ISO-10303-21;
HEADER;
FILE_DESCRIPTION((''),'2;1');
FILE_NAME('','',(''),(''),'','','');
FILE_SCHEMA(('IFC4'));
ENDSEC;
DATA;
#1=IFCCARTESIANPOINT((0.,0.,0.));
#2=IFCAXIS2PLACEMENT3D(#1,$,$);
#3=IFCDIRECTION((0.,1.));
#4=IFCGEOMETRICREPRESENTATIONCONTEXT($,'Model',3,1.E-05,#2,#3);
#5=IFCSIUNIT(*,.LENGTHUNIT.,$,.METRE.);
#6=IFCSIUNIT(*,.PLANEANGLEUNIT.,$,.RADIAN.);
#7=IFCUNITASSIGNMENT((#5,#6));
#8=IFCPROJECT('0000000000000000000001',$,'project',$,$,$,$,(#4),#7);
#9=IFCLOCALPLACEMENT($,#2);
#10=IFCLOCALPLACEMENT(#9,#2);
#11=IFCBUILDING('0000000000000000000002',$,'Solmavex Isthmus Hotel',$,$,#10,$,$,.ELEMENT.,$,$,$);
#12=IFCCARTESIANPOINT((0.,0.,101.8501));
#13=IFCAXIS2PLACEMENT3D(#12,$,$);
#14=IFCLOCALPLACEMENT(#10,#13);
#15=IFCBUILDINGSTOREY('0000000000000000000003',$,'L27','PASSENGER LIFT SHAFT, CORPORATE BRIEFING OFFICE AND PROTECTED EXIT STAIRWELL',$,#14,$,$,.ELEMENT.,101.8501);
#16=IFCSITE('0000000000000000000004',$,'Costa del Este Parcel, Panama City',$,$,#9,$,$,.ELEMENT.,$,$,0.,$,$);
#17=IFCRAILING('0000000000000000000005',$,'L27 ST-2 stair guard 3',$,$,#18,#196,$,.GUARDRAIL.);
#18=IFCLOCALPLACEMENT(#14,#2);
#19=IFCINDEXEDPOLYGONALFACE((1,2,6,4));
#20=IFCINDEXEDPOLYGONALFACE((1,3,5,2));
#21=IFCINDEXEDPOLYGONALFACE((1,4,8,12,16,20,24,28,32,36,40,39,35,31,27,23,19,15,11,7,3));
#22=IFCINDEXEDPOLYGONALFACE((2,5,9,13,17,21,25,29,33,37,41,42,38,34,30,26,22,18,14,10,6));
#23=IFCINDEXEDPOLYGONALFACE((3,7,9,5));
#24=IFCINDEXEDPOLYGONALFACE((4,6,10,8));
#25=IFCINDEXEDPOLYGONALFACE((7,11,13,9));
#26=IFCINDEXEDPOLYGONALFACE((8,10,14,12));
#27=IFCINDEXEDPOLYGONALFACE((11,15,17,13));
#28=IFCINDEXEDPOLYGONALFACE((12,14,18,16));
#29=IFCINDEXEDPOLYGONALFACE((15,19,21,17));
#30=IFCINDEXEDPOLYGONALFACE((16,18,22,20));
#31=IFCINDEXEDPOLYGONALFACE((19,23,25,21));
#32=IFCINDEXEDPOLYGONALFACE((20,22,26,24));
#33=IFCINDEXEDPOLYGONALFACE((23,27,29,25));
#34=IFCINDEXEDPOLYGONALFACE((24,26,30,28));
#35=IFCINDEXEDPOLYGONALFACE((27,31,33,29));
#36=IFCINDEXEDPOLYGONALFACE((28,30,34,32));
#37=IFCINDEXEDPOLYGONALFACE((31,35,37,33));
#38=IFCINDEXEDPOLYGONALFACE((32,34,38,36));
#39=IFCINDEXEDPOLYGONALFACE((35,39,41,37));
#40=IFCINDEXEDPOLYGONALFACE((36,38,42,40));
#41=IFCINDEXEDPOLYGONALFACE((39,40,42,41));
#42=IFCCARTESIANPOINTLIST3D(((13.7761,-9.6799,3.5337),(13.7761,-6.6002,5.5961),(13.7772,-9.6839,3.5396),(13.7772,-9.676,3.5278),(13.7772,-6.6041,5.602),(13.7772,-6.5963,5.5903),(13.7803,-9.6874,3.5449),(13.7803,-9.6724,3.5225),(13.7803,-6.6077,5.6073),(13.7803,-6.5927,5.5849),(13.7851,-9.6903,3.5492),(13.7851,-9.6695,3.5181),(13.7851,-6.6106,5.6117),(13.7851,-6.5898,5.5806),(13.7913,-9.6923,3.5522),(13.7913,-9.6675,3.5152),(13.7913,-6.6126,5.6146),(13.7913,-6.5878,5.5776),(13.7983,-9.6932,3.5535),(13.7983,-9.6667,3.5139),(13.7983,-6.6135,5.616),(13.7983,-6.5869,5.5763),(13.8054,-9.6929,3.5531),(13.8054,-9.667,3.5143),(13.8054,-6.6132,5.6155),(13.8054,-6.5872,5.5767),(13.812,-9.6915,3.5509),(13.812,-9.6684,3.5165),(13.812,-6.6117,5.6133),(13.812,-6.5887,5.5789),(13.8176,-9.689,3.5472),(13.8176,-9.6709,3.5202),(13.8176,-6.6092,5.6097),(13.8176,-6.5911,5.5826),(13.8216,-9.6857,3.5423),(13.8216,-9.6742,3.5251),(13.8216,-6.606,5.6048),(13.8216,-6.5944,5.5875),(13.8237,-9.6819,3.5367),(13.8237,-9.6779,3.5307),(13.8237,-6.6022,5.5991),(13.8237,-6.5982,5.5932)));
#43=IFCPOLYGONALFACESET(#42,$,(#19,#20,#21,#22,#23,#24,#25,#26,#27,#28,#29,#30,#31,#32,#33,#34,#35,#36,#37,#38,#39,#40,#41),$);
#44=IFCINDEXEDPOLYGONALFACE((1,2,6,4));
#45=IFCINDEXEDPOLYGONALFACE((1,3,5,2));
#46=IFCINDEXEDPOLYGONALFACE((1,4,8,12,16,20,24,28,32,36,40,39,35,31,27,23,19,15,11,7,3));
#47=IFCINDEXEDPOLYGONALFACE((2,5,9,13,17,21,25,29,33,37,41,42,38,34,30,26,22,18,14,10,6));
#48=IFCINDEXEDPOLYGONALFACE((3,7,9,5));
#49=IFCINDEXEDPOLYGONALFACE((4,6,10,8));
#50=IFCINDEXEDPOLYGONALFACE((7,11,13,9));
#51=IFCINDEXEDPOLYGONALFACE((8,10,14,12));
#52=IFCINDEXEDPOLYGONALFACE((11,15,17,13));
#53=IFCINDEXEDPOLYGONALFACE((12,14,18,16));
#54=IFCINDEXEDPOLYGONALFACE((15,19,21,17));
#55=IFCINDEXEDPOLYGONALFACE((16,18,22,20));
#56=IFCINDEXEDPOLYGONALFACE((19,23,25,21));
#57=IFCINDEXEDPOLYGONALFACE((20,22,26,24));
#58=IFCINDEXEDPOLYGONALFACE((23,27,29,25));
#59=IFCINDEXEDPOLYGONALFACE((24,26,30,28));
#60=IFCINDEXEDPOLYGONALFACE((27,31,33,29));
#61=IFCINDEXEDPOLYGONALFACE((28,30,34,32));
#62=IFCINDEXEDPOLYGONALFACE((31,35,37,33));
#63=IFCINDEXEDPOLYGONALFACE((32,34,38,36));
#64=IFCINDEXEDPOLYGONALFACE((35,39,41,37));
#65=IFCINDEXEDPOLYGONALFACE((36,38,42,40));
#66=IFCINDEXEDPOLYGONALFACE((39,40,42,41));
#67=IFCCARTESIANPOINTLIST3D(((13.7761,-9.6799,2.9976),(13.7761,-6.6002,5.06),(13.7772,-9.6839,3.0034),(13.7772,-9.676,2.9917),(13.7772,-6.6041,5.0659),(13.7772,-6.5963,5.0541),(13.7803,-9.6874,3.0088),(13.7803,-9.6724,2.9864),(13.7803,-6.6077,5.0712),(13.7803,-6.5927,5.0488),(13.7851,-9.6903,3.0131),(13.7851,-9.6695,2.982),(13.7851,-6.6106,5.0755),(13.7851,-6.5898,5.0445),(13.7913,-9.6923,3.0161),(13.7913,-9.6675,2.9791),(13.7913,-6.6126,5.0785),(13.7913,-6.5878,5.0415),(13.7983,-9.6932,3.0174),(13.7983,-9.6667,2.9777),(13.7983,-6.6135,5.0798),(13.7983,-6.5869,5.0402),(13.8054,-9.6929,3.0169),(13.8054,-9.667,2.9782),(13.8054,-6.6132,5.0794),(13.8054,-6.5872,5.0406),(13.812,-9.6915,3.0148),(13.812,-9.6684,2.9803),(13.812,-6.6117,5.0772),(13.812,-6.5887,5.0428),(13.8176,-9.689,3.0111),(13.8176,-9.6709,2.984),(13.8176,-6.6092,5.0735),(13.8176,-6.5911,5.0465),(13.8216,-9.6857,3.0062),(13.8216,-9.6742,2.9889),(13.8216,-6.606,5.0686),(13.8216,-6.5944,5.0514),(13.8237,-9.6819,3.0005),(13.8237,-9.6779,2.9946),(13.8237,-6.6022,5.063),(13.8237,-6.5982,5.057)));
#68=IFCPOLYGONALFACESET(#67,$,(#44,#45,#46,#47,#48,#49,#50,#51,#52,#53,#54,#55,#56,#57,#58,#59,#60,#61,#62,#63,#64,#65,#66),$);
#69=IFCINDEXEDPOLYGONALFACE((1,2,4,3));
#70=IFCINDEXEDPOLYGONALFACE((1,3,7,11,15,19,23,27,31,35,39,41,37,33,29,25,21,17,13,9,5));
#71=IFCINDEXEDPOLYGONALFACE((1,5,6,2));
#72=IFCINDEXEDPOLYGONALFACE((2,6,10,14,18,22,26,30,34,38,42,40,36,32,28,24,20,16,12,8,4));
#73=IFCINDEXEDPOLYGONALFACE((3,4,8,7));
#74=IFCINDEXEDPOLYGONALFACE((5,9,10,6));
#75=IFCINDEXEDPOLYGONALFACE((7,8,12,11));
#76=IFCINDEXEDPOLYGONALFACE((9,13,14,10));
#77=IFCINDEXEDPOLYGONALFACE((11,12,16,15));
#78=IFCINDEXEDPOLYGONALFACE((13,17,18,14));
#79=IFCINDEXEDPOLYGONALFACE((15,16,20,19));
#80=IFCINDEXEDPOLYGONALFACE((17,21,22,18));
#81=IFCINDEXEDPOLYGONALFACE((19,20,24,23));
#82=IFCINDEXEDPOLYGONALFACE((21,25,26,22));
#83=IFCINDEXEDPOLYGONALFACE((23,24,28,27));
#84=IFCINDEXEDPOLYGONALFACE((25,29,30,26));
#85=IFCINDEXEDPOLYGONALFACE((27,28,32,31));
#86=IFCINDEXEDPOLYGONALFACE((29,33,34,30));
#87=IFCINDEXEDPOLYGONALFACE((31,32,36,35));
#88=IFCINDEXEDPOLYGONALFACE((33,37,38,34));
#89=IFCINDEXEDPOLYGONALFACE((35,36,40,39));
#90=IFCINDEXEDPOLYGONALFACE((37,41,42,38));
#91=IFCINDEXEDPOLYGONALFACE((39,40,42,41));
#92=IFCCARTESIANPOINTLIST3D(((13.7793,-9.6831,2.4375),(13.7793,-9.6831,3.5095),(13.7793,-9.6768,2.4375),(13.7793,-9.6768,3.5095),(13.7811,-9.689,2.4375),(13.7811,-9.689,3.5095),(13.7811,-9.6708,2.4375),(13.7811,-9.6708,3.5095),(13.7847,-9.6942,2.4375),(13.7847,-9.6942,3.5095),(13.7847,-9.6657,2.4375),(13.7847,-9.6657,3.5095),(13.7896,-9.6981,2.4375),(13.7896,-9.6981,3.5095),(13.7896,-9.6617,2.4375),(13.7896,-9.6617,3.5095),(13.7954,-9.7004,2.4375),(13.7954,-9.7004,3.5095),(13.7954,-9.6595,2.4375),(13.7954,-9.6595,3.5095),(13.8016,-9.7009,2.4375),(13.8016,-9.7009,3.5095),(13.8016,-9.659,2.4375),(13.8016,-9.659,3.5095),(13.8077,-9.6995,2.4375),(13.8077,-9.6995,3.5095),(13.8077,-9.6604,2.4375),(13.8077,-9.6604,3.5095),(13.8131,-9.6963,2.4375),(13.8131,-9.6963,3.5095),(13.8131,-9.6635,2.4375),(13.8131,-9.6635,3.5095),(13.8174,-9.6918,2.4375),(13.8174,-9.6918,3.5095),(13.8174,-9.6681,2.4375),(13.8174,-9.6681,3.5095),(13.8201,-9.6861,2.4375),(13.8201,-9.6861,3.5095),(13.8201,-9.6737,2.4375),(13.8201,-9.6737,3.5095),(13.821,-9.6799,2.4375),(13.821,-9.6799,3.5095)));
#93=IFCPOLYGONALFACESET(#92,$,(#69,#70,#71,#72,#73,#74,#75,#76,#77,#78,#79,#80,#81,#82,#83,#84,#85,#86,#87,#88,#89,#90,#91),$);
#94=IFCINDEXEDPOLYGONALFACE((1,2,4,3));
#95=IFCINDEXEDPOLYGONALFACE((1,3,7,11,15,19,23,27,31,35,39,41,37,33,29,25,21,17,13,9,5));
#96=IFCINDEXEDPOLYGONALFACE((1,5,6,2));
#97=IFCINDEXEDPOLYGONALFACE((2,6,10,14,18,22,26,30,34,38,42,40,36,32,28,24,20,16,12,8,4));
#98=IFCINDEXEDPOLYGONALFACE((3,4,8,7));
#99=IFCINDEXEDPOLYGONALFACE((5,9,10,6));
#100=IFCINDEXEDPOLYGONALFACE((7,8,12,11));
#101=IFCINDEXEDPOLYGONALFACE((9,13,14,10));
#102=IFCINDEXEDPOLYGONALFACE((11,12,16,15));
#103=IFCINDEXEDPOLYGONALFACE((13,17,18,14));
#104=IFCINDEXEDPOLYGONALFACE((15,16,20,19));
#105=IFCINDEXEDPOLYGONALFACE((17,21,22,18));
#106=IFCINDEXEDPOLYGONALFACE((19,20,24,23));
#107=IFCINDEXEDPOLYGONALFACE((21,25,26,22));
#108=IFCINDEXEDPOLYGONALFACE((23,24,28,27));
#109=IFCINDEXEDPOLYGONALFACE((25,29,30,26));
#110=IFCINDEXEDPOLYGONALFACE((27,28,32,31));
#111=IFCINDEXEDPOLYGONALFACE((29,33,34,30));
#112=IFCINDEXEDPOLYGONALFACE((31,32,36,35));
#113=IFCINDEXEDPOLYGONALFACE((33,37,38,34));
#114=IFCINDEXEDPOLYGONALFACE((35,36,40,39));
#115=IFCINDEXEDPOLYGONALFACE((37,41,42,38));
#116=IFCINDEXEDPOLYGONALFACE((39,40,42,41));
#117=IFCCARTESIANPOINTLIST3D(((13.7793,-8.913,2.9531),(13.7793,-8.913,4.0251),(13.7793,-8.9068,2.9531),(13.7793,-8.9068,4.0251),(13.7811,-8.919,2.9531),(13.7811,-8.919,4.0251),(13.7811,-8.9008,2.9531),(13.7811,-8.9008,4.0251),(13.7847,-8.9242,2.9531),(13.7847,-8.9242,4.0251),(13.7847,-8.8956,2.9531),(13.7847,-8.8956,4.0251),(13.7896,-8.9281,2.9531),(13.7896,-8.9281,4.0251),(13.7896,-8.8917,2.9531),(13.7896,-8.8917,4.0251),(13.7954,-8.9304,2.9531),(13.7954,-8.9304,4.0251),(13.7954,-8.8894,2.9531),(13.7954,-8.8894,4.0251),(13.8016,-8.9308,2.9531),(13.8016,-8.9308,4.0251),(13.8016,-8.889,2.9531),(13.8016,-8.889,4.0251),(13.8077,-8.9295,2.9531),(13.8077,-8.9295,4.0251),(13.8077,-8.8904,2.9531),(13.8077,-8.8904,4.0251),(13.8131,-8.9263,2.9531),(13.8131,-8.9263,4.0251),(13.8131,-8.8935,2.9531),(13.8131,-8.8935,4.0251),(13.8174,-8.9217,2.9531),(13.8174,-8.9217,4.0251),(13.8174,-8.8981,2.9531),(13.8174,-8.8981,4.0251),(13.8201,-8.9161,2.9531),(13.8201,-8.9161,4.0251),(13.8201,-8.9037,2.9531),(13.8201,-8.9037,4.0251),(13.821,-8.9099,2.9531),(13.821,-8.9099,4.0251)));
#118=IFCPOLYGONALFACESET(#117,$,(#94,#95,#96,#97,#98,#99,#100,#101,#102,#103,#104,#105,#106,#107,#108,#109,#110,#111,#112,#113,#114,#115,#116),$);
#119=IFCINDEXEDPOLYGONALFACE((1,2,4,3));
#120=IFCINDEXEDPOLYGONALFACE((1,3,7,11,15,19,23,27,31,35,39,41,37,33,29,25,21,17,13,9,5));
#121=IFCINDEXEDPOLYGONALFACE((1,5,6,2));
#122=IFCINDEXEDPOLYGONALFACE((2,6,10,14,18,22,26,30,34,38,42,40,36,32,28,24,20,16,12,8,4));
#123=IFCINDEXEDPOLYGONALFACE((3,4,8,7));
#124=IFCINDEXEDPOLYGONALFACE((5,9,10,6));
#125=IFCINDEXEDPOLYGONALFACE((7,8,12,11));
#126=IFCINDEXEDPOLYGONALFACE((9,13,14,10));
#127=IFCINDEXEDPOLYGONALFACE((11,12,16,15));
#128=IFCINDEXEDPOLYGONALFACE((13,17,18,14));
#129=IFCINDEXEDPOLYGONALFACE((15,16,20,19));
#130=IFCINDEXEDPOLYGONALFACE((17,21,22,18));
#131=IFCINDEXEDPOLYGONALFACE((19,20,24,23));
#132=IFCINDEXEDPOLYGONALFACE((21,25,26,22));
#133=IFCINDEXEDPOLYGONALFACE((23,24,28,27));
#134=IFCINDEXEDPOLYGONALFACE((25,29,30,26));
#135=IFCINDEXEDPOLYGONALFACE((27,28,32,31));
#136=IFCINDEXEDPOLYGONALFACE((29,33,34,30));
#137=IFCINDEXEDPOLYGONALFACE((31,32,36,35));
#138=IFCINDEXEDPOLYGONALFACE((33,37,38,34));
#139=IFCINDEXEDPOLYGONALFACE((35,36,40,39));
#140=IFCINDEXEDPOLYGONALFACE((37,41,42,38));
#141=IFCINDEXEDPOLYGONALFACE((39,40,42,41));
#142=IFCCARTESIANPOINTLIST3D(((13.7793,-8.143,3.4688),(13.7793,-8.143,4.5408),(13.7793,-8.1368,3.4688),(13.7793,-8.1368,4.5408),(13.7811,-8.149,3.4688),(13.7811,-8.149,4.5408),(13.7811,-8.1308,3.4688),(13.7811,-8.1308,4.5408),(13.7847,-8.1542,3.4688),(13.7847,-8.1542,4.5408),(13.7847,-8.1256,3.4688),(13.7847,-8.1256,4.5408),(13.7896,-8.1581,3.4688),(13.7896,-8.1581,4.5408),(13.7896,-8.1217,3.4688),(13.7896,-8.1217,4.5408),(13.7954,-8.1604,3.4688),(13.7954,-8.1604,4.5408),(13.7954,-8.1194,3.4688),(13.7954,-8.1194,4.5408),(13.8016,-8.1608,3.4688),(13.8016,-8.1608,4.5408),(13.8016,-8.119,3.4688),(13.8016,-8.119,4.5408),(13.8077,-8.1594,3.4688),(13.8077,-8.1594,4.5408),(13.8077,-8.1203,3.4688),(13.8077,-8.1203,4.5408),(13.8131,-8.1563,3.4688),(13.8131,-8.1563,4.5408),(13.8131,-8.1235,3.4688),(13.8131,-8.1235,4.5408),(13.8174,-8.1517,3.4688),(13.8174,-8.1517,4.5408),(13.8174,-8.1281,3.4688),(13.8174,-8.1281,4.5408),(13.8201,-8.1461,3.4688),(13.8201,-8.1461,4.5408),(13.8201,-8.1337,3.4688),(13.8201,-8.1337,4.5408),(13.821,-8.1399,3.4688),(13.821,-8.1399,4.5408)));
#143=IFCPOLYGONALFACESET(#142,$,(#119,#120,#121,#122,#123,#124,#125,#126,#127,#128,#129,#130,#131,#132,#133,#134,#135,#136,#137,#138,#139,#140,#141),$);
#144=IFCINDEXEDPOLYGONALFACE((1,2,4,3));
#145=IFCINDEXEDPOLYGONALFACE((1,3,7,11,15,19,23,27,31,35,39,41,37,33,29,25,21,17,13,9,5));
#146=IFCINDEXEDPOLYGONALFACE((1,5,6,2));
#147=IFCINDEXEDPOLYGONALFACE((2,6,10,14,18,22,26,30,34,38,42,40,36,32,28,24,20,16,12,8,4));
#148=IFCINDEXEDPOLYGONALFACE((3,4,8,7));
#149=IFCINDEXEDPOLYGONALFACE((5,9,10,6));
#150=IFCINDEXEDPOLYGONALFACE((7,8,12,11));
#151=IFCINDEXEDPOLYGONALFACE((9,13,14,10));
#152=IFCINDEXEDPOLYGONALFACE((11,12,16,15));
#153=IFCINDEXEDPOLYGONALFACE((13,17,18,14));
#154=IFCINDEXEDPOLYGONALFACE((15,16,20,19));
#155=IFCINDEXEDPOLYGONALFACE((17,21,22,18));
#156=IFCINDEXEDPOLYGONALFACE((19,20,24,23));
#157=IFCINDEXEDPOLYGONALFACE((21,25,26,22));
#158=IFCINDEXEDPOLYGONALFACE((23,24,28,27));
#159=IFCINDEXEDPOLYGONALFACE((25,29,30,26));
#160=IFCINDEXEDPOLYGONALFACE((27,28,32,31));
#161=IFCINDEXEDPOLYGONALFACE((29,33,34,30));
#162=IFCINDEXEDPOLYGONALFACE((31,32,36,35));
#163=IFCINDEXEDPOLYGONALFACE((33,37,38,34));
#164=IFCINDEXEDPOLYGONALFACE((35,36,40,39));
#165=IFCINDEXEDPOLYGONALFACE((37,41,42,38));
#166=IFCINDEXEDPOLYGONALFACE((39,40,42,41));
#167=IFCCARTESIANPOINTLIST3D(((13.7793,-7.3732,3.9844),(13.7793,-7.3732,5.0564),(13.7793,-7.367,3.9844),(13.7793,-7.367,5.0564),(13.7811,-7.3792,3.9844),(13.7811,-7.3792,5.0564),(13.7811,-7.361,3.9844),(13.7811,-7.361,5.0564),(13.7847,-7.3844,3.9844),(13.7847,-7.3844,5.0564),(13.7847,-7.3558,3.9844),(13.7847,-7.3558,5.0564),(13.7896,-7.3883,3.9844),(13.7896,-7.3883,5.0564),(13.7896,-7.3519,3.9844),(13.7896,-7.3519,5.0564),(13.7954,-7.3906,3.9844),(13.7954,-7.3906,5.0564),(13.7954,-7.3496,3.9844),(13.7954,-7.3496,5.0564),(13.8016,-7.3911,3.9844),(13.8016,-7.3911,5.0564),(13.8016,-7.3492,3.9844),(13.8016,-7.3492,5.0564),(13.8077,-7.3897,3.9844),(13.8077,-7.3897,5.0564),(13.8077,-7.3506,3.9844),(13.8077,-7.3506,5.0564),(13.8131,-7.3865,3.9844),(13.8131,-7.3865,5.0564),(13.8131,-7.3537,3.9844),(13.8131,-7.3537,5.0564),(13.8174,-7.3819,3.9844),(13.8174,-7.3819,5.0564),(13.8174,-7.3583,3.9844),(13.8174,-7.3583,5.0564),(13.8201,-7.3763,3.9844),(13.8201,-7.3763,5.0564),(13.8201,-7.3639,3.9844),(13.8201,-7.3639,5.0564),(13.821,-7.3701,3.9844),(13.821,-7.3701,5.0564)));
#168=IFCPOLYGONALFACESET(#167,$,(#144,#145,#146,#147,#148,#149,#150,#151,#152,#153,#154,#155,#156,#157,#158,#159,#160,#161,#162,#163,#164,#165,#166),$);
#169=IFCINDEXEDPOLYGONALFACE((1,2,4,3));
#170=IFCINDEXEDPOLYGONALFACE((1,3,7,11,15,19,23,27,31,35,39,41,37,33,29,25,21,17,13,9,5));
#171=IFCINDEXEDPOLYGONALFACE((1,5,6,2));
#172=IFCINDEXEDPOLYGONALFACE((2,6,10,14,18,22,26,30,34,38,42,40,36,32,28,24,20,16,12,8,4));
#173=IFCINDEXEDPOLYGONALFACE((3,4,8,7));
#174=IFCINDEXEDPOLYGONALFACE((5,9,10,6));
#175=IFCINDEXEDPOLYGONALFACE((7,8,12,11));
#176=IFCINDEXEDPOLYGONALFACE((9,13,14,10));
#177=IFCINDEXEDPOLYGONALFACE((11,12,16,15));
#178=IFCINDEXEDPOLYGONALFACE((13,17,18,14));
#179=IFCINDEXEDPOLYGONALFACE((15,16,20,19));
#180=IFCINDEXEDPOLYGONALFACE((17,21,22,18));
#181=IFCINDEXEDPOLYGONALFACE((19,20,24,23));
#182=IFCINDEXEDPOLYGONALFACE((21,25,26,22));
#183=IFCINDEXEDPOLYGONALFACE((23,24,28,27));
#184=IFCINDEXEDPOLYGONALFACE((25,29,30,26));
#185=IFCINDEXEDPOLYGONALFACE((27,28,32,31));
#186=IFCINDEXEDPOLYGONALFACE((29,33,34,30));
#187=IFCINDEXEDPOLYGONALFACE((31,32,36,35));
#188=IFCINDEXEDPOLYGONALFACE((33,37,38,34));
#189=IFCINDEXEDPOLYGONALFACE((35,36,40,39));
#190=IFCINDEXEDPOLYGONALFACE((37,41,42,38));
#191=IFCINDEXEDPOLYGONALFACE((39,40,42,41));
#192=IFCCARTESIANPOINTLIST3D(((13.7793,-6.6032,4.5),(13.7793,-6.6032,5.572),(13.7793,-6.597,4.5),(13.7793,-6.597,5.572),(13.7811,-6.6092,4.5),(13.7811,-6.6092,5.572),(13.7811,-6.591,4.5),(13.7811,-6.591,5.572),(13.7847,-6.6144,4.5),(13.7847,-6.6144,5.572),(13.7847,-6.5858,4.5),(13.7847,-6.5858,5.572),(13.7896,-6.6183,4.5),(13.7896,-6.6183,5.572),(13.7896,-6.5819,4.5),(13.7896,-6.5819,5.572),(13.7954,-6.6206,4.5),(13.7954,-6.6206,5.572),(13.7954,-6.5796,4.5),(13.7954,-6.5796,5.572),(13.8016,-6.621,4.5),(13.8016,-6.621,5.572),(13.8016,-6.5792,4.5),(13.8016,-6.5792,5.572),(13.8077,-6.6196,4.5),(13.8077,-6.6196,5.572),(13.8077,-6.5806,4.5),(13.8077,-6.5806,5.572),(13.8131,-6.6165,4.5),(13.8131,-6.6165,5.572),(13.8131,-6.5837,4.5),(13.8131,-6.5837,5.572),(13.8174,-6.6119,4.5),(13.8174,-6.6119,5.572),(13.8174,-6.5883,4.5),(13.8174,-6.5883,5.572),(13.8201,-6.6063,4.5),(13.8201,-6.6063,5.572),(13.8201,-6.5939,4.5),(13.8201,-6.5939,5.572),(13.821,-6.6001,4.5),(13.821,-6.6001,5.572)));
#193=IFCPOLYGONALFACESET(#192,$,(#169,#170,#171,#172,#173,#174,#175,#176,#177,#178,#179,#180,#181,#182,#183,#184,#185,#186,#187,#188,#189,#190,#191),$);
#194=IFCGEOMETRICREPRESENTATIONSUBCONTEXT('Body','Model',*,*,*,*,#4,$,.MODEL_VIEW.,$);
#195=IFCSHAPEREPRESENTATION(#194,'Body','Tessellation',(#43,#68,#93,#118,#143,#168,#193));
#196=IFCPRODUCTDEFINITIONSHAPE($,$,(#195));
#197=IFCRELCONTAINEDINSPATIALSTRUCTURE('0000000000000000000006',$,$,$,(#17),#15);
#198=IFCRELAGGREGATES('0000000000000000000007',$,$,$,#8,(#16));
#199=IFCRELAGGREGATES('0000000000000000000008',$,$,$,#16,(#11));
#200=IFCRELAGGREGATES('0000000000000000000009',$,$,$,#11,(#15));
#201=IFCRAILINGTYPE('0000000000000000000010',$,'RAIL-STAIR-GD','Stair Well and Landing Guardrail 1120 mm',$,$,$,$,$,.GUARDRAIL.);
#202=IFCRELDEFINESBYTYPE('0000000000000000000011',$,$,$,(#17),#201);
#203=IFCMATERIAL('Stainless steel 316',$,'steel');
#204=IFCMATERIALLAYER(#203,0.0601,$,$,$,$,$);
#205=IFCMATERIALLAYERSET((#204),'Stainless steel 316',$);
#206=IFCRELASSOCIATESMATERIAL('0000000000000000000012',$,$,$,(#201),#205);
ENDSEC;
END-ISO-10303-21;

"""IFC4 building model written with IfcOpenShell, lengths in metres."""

from ifc_helpers import new_model, si_unit, direction, frame, origin, origin_2d, place, context, subcontext, project, spatial, circle, extrude, material, layer, layer_set, type_object, element, save


model = new_model("IFC4")

# Units and contexts
model_context = context("Model", 3, precision=1e-05, world=origin(), true_north=direction((0.0, 1.0)))
body_context = subcontext(model_context, "Body", "Model", "MODEL_VIEW")
ifc_project = project(units=[si_unit("LENGTHUNIT", "METRE"), si_unit("PLANEANGLEUNIT", "RADIAN")], contexts=[model_context])

# Site, building, storey
site_placement = place(None, origin())
site = spatial("IfcSite", under=ifc_project, at=site_placement, Name="Costa del Este Parcel, Panama City", CompositionType="ELEMENT", RefElevation=0.0)
building_placement = place(site_placement, origin())
building = spatial("IfcBuilding", under=site, at=building_placement, Name="Solmavex Isthmus Hotel", CompositionType="ELEMENT")
storey_placement = place(building_placement, frame((0.0, 0.0, 101.8501)))
storey = spatial("IfcBuildingStorey", under=building, at=storey_placement, Name="L27", Description="PASSENGER LIFT SHAFT, CORPORATE BRIEFING OFFICE AND PROTECTED EXIT STAIRWELL", CompositionType="ELEMENT", Elevation=101.8501)

# Shared definitions
ifc_material_1 = material(Name="Stainless steel 316", Category="steel")

# Railing
ifc_layer_1 = layer(ifc_material_1, 0.0601)
ifc_layer_set_1 = layer_set([ifc_layer_1], Name="Stainless steel 316")
railing_type_1 = type_object("IfcRailingType", Name="RAIL-STAIR-GD", Description="Stair Well and Landing Guardrail 1120 mm", PredefinedType="GUARDRAIL", material=ifc_layer_set_1)
railing_1_placement = place(storey_placement, frame((13.8, -9.6799, 2.4375)))
element("IfcRailing", 1, at=railing_1_placement, inside=storey, type_object=railing_type_1, Name="L27 ST-2 stair guard 3", PredefinedType="GUARDRAIL", context=body_context, shape_type="SweptSolid", body=[
    extrude(circle(Radius=0.0239, at=origin_2d()), frame((0.0, 0.0, 1.0962), z_axis=(0.0, 0.830893, 0.556432), x_axis=(-1.0, 0.0, 0.0)), (0.0, 0.0, 1.0), 3.7065),
    extrude(circle(Radius=0.0239, at=origin_2d()), frame((0.0, 0.0, 0.5601), z_axis=(0.0, 0.830893, 0.556432), x_axis=(-1.0, 0.0, 0.0)), (0.0, 0.0, 1.0), 3.7065),
    extrude(circle(Radius=0.021, at=origin_2d()), origin(), (0.0, 0.0, 1.0), 1.072),
    extrude(circle(Radius=0.021, at=origin_2d()), frame((0.0, 0.77, 0.5156)), (0.0, 0.0, 1.0), 1.072),
    extrude(circle(Radius=0.021, at=origin_2d()), frame((0.0, 1.54, 1.0312)), (0.0, 0.0, 1.0), 1.072),
    extrude(circle(Radius=0.021, at=origin_2d()), frame((0.0, 2.3098, 1.5469)), (0.0, 0.0, 1.0), 1.072),
    extrude(circle(Radius=0.021, at=origin_2d()), frame((0.0, 3.0798, 2.0625)), (0.0, 0.0, 1.0), 1.072),
])

save(model, "model.ifc")
